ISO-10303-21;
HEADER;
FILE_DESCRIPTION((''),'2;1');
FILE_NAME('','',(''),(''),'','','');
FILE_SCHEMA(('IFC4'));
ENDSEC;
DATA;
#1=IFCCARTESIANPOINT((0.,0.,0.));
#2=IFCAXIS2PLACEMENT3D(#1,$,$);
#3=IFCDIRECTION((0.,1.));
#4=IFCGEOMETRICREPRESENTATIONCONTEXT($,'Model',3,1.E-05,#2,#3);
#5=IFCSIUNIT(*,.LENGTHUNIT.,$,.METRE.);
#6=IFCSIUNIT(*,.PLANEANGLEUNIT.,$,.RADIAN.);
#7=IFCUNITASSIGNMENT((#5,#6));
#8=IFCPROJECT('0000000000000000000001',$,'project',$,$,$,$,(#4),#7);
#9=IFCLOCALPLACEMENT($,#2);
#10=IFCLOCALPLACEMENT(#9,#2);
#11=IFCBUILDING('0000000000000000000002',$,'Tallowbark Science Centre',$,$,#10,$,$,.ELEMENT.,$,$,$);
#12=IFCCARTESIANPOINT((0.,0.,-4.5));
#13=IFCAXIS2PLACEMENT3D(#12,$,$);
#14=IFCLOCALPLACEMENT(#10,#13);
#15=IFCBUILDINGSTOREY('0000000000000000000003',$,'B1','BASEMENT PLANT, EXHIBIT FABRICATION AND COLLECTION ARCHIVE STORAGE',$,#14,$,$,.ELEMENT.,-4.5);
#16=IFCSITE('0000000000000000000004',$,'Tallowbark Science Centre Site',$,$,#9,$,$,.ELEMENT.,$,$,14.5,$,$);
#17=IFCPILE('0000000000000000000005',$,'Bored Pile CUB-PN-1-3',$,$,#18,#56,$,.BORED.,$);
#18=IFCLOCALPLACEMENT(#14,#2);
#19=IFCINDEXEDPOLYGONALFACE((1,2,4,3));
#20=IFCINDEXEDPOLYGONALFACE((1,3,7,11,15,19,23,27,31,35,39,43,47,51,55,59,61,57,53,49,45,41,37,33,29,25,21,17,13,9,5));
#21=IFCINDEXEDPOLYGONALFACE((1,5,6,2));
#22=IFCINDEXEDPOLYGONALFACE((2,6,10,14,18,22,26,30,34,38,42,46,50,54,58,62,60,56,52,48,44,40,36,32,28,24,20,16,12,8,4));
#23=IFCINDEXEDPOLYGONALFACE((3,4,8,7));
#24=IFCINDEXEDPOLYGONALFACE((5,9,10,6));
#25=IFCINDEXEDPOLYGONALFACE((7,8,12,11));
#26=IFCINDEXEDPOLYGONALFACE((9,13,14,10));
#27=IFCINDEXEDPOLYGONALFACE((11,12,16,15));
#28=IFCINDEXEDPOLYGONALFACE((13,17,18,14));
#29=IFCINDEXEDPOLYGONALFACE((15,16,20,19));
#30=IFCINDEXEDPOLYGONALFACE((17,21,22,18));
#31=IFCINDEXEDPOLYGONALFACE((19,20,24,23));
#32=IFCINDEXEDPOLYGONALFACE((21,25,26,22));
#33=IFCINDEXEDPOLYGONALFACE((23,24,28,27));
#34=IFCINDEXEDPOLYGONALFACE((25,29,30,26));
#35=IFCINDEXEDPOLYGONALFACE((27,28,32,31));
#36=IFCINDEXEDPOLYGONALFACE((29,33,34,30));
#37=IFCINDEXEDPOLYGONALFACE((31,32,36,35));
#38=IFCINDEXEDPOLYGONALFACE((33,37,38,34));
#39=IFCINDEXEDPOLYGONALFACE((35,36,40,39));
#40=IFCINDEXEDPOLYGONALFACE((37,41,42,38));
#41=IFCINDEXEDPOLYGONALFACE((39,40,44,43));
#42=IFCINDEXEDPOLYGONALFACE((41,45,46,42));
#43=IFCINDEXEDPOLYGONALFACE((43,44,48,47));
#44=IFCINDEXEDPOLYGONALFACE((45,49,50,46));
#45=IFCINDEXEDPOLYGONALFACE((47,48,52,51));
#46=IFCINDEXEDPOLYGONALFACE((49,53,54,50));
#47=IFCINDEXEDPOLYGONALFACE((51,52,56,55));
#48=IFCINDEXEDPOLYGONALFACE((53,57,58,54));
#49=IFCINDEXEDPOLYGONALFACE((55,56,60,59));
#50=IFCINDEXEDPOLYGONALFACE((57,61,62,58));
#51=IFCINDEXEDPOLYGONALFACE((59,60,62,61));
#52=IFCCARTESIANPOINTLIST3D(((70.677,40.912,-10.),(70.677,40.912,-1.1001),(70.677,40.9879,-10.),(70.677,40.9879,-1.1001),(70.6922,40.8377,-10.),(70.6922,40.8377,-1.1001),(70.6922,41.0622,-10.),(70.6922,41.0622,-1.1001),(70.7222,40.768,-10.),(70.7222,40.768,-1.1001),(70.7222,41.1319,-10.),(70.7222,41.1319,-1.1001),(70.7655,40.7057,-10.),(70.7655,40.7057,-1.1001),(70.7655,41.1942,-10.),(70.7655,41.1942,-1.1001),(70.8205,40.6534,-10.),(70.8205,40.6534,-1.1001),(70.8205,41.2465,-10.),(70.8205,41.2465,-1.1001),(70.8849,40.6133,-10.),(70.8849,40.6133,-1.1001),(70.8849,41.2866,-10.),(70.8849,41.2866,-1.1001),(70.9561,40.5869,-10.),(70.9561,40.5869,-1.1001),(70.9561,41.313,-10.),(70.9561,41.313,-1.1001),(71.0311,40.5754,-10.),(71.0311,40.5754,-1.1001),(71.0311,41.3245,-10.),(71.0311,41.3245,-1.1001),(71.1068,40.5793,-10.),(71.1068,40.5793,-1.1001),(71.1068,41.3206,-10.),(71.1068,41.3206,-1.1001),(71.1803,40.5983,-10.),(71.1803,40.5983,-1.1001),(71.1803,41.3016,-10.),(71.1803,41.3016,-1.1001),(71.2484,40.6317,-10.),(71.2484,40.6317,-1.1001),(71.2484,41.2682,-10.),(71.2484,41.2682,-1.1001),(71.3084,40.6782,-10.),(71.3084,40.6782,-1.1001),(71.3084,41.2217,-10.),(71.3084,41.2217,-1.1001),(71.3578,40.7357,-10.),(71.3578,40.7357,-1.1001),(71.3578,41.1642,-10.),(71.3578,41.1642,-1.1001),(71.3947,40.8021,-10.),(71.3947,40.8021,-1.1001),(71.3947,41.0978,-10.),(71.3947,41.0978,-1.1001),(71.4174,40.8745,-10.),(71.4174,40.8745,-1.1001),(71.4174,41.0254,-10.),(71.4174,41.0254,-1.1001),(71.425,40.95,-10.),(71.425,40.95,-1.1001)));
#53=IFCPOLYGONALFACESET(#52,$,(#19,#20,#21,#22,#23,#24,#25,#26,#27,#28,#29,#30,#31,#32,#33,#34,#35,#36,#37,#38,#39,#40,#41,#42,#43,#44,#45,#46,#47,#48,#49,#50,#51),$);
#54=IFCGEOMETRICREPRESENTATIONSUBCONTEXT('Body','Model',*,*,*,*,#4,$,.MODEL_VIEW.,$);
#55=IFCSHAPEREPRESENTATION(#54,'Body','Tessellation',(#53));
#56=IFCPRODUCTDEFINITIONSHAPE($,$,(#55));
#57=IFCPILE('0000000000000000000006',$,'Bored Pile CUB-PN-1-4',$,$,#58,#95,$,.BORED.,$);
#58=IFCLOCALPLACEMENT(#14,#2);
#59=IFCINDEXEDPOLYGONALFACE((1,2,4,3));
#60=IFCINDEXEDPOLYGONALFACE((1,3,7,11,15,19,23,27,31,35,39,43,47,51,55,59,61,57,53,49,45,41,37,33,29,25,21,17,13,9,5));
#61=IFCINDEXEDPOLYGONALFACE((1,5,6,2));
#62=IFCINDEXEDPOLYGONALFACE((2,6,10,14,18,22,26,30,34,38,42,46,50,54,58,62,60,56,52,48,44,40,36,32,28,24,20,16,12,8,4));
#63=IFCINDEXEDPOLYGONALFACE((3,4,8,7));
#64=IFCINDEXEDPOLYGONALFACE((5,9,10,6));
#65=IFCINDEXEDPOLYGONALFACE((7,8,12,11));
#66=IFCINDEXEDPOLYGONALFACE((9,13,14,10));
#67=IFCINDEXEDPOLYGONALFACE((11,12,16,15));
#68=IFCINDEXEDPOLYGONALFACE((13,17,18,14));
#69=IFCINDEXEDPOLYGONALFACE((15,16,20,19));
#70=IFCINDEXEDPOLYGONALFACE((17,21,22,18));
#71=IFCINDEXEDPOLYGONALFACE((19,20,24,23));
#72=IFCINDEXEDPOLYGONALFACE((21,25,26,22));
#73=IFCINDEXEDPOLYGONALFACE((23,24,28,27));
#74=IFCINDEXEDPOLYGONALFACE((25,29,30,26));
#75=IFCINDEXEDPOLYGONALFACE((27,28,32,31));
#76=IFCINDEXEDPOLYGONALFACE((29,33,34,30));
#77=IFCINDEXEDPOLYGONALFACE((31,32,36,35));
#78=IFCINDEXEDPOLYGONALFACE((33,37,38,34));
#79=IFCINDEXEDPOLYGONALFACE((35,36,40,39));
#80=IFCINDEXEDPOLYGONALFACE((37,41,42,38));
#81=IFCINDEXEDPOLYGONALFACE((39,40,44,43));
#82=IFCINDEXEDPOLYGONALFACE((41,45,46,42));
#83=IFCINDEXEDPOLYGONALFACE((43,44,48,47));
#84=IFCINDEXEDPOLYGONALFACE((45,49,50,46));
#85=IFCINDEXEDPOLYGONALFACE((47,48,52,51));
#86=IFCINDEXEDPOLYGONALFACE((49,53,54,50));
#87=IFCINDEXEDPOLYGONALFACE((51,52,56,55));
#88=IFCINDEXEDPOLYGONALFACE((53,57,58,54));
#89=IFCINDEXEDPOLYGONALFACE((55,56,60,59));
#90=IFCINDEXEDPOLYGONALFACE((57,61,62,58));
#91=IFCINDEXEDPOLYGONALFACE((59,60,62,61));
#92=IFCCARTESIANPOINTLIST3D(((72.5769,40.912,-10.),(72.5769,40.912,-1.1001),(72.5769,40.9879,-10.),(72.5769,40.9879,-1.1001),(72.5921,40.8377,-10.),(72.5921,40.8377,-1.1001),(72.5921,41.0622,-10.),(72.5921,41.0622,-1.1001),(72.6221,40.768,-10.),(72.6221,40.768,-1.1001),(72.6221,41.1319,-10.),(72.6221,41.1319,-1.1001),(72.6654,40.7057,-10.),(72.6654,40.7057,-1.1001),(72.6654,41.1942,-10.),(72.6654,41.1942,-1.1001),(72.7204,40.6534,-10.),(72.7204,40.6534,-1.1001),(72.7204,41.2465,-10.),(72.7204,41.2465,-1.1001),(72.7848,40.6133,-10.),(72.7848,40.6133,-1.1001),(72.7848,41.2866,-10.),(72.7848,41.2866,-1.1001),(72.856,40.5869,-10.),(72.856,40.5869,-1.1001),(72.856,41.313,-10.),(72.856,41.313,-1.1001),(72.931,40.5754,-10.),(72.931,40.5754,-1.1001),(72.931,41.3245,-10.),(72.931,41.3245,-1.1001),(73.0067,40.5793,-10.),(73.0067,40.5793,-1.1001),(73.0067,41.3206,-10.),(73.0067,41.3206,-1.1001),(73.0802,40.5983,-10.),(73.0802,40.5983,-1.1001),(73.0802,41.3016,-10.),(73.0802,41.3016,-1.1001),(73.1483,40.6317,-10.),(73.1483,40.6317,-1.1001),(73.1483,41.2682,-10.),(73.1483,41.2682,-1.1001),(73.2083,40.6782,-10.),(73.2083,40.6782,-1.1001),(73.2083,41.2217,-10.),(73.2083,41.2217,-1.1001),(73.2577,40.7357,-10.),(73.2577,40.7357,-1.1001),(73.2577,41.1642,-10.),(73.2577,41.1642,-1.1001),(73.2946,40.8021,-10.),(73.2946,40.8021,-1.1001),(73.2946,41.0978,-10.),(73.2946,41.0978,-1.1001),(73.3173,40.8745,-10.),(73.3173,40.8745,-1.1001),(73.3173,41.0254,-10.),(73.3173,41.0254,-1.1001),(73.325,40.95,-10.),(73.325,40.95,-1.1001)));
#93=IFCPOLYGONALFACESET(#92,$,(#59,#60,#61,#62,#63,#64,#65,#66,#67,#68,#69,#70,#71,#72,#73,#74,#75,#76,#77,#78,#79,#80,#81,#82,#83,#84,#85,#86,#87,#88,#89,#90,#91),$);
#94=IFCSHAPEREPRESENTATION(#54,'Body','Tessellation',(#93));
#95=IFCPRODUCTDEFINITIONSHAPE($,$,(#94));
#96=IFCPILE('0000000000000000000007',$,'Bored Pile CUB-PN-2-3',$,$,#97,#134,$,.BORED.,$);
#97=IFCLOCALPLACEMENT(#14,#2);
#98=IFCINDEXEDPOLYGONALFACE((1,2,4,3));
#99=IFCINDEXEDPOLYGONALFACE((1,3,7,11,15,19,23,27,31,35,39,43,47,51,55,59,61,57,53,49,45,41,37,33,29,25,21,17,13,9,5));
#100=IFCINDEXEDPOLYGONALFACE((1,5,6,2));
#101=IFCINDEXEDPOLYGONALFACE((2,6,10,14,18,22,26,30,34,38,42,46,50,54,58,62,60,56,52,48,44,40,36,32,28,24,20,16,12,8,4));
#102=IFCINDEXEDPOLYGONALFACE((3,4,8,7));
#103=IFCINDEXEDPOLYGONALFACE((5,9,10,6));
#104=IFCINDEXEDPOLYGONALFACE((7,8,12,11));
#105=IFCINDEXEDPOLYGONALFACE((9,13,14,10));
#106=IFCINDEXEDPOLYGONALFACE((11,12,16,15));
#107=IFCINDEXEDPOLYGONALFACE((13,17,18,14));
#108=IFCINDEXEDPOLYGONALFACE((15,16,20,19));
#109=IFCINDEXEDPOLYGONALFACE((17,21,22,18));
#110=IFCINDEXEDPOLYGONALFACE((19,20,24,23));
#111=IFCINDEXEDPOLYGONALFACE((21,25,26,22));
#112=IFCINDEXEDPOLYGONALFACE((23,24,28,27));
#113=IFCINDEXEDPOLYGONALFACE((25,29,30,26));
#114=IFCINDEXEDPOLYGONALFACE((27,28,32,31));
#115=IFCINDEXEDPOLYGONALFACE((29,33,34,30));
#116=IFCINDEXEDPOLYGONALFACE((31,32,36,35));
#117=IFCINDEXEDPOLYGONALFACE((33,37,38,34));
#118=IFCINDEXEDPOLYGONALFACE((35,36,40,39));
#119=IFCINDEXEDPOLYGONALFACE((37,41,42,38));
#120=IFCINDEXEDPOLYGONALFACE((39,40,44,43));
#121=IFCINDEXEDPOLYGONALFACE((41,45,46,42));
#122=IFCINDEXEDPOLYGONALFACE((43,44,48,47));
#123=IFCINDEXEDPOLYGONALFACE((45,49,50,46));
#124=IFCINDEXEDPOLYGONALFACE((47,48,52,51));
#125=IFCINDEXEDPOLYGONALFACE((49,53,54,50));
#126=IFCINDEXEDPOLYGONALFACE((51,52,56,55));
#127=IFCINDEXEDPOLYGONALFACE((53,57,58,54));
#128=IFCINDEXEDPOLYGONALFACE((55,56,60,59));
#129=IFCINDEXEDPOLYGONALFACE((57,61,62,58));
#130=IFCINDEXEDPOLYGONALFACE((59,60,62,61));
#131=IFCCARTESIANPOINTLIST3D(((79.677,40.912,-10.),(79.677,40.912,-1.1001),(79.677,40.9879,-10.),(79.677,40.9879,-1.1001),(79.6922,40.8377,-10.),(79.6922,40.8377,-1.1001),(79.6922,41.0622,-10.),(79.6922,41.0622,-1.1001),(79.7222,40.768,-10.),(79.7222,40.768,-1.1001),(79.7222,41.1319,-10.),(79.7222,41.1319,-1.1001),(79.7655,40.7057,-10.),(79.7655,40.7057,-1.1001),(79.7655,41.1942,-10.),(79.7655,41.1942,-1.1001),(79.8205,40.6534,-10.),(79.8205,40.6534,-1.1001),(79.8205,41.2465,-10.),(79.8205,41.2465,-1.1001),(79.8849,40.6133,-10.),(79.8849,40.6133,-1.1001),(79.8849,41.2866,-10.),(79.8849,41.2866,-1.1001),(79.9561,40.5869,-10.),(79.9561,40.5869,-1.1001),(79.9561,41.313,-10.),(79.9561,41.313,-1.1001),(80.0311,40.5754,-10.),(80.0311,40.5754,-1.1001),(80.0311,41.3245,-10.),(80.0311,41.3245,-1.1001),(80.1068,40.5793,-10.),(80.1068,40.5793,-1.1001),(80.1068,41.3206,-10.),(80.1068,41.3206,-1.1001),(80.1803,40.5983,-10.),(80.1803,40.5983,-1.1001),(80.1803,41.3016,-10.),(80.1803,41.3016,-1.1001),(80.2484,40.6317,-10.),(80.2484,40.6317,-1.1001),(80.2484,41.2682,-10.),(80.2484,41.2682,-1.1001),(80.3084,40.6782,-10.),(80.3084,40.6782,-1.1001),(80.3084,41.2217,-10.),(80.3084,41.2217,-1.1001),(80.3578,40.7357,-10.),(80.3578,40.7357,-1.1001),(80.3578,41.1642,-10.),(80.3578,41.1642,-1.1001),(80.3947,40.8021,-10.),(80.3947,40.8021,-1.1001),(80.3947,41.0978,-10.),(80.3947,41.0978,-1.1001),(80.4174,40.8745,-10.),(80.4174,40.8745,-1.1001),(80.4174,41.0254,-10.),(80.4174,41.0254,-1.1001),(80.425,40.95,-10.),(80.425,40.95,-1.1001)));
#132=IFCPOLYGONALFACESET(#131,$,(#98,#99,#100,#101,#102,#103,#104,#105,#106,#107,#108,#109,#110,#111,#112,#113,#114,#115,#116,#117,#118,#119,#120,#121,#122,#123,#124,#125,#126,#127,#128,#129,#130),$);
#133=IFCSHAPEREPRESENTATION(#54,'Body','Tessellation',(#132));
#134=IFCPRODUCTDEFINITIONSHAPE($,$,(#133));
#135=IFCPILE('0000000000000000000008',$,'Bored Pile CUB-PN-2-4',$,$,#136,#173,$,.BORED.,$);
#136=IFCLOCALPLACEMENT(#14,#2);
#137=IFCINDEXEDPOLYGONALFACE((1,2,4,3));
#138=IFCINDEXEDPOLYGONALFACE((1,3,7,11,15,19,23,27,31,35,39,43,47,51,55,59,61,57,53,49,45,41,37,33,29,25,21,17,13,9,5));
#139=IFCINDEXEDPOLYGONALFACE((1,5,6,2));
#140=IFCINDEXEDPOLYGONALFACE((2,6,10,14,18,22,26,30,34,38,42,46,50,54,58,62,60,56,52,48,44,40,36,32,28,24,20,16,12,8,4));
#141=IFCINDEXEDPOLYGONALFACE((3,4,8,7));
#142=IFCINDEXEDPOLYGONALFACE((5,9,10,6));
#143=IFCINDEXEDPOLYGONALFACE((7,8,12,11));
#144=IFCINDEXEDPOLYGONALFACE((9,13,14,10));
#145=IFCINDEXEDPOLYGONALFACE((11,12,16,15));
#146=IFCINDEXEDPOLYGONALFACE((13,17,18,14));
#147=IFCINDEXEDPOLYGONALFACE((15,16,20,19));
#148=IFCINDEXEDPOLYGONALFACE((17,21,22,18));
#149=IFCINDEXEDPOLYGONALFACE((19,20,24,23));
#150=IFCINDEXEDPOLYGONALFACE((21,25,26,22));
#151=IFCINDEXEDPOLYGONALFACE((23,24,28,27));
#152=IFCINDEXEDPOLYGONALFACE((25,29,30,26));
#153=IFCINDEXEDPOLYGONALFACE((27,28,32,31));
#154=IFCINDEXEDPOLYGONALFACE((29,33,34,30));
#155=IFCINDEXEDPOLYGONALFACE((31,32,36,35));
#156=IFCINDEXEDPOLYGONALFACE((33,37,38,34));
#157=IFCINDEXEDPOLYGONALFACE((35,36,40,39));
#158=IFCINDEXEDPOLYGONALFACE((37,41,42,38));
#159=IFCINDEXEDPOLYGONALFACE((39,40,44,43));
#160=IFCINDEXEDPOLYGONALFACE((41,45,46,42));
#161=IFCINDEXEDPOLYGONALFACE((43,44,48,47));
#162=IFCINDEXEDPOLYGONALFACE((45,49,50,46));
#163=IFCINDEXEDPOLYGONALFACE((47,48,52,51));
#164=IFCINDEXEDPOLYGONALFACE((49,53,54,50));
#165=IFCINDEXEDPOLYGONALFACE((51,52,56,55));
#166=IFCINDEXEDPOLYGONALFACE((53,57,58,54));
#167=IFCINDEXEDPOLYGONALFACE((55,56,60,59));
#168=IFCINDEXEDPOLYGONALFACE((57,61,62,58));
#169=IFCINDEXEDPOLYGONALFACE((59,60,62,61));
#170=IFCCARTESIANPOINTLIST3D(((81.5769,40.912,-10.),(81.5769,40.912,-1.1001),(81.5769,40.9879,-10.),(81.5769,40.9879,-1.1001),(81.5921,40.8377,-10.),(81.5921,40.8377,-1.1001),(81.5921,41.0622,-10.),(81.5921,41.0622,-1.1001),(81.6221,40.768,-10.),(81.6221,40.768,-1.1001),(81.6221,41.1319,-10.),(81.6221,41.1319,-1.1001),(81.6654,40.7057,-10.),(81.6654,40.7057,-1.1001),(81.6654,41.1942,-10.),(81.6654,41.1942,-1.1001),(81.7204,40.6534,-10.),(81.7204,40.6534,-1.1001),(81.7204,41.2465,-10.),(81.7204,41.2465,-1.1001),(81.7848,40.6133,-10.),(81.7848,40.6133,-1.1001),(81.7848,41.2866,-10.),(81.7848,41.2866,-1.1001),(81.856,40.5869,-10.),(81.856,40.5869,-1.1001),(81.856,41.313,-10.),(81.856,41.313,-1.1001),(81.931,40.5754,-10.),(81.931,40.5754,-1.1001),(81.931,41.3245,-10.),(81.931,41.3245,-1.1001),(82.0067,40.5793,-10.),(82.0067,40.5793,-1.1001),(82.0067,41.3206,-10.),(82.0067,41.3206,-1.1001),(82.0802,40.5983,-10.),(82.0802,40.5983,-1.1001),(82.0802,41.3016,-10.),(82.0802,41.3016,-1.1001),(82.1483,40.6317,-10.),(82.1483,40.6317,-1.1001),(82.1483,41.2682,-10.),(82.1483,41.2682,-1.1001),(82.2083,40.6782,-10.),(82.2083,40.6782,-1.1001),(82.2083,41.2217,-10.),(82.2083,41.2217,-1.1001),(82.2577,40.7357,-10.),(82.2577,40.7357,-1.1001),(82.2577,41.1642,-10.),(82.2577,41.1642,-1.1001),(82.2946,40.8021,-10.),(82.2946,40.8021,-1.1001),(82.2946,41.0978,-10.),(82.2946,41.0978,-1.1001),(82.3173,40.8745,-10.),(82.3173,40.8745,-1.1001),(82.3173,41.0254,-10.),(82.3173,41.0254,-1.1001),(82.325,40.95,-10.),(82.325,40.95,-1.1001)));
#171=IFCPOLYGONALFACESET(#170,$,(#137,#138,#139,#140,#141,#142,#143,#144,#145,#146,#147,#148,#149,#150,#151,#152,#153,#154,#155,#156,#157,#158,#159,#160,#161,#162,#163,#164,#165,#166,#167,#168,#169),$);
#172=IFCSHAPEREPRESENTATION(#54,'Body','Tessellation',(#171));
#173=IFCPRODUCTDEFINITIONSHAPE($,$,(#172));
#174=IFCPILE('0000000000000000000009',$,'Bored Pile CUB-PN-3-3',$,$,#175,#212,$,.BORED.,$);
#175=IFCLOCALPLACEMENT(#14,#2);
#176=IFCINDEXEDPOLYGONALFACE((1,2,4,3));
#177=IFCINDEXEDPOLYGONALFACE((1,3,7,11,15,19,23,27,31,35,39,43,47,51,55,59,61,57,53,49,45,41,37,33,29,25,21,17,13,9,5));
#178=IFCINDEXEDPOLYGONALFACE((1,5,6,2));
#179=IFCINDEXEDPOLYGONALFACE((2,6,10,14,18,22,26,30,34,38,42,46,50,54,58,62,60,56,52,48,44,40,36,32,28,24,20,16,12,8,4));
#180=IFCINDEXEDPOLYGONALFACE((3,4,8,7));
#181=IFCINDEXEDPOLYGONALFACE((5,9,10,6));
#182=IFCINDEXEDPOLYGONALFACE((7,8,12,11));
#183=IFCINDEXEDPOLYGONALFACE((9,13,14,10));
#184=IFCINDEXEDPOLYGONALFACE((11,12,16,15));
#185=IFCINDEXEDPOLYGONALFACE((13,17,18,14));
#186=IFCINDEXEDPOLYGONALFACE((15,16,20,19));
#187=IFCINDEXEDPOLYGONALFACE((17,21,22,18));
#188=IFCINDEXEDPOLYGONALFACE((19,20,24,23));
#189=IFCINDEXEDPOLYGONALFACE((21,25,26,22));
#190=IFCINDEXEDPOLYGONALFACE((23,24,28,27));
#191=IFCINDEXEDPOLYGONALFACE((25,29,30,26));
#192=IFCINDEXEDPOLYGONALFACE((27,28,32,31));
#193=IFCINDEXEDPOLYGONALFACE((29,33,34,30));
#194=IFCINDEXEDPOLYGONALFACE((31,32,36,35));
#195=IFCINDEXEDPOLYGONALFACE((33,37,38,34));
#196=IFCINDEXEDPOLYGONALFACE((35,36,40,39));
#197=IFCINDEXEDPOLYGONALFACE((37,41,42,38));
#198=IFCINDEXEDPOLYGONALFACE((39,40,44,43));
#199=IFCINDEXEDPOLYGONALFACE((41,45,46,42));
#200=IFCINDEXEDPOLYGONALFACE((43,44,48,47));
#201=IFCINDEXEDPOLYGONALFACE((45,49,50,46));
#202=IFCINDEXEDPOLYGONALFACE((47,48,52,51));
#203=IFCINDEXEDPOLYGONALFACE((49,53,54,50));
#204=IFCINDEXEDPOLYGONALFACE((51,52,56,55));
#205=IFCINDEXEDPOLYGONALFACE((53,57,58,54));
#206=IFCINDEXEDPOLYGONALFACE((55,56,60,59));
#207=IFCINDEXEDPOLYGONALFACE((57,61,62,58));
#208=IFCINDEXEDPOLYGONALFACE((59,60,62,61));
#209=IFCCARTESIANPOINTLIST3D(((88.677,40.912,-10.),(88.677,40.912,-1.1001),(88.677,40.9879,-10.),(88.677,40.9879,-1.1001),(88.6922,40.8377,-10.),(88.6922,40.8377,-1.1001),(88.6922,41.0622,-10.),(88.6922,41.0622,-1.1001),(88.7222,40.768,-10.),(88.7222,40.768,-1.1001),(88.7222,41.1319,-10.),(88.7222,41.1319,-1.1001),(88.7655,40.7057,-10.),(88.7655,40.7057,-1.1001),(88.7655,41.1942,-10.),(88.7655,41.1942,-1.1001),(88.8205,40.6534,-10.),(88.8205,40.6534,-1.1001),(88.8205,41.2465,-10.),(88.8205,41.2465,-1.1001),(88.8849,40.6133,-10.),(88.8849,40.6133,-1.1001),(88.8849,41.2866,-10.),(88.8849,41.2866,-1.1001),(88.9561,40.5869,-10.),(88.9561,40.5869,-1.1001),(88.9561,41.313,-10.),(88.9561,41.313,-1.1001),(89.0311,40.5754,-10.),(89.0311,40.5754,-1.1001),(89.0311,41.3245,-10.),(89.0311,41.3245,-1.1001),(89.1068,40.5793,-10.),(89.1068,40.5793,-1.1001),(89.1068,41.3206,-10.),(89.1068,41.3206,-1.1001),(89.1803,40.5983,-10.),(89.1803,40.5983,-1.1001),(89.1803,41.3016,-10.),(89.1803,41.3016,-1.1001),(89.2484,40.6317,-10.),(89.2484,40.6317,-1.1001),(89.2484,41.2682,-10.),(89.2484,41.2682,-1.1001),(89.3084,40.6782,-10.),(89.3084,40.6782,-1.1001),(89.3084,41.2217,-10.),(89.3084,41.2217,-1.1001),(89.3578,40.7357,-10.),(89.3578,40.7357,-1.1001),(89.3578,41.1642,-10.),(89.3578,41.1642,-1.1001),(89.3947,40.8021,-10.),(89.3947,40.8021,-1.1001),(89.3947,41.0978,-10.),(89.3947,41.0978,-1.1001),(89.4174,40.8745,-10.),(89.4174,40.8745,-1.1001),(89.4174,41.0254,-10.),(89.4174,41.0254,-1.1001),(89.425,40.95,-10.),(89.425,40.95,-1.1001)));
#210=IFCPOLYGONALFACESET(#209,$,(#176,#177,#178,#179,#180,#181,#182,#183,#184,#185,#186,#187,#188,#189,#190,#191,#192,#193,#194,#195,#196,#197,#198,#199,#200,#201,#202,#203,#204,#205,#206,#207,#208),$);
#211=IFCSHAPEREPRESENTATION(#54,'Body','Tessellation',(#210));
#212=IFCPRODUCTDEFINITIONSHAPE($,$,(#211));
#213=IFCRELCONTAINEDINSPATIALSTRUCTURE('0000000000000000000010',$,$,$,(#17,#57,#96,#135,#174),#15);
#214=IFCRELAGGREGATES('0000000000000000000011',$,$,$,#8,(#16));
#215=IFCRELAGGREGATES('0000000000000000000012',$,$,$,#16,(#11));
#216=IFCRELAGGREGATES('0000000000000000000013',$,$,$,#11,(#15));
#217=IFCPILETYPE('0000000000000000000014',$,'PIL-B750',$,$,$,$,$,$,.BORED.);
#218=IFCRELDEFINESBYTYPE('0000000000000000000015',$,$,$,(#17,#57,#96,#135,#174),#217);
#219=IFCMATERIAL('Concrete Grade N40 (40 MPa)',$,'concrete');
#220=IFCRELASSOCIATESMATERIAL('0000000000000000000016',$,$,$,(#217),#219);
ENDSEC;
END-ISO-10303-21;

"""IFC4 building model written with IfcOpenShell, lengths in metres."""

from ifc_helpers import new_model, si_unit, direction, frame, origin, origin_2d, place, context, subcontext, project, spatial, circle, extrude, material, material_profile, profile_set, type_object, element, save


model = new_model("IFC4")

# Units and contexts
model_context = context("Model", 3, precision=1e-05, world=origin(), true_north=direction((0.0, 1.0)))
body_context = subcontext(model_context, "Body", "Model", "MODEL_VIEW")
ifc_project = project(units=[si_unit("LENGTHUNIT", "METRE"), si_unit("PLANEANGLEUNIT", "RADIAN")], contexts=[model_context])

# Site, building, storey
site_placement = place(None, origin())
site = spatial("IfcSite", under=ifc_project, at=site_placement, Name="Tallowbark Science Centre Site", CompositionType="ELEMENT", RefElevation=14.5)
building_placement = place(site_placement, origin())
building = spatial("IfcBuilding", under=site, at=building_placement, Name="Tallowbark Science Centre", CompositionType="ELEMENT")
storey_placement = place(building_placement, frame((0.0, 0.0, -4.5)))
storey = spatial("IfcBuildingStorey", under=building, at=storey_placement, Name="B1", Description="BASEMENT PLANT, EXHIBIT FABRICATION AND COLLECTION ARCHIVE STORAGE", CompositionType="ELEMENT", Elevation=-4.5)

# Piles
ifc_material_1 = material(Name="Concrete Grade N40 (40 MPa)", Category="concrete")
ifc_material_profile_1 = material_profile(ifc_material_1, circle(Radius=0.375, at=origin_2d()), Name="PILE750")
ifc_profile_set_1 = profile_set([ifc_material_profile_1], Name="Concrete Grade N40 (40 MPa)")
pile_type = type_object("IfcPileType", Name="PIL-B750", PredefinedType="BORED", material=ifc_profile_set_1)
for number, where, z_axis, x_axis, name in (
    (1, (71.05, 40.95, -1.1001), (0.0, 0.0, -1.0), (1.0, 0.0, 0.0), "Bored Pile CUB-PN-1-3"),
    (2, (72.95, 40.95, -1.1001), (0.0, 0.0, -1.0), (1.0, 0.0, 0.0), "Bored Pile CUB-PN-1-4"),
    (3, (80.05, 40.95, -1.1001), (0.0, 0.0, -1.0), (1.0, 0.0, 0.0), "Bored Pile CUB-PN-2-3"),
    (4, (81.95, 40.95, -1.1001), (0.0, 0.0, -1.0), (1.0, 0.0, 0.0), "Bored Pile CUB-PN-2-4"),
    (5, (89.05, 40.95, -1.1001), (0.0, 0.0, -1.0), (1.0, 0.0, 0.0), "Bored Pile CUB-PN-3-3"),
):
    element("IfcPile", number, at=place(storey_placement, frame(where, z_axis=z_axis, x_axis=x_axis)), inside=storey, type_object=pile_type, Name=name, PredefinedType="BORED", context=body_context, shape_type="SweptSolid", body=[
        extrude(circle(Radius=0.375, at=origin_2d()), origin(), (0.0, 0.0, 1.0), 8.8999),
    ])

save(model, "model.ifc")
